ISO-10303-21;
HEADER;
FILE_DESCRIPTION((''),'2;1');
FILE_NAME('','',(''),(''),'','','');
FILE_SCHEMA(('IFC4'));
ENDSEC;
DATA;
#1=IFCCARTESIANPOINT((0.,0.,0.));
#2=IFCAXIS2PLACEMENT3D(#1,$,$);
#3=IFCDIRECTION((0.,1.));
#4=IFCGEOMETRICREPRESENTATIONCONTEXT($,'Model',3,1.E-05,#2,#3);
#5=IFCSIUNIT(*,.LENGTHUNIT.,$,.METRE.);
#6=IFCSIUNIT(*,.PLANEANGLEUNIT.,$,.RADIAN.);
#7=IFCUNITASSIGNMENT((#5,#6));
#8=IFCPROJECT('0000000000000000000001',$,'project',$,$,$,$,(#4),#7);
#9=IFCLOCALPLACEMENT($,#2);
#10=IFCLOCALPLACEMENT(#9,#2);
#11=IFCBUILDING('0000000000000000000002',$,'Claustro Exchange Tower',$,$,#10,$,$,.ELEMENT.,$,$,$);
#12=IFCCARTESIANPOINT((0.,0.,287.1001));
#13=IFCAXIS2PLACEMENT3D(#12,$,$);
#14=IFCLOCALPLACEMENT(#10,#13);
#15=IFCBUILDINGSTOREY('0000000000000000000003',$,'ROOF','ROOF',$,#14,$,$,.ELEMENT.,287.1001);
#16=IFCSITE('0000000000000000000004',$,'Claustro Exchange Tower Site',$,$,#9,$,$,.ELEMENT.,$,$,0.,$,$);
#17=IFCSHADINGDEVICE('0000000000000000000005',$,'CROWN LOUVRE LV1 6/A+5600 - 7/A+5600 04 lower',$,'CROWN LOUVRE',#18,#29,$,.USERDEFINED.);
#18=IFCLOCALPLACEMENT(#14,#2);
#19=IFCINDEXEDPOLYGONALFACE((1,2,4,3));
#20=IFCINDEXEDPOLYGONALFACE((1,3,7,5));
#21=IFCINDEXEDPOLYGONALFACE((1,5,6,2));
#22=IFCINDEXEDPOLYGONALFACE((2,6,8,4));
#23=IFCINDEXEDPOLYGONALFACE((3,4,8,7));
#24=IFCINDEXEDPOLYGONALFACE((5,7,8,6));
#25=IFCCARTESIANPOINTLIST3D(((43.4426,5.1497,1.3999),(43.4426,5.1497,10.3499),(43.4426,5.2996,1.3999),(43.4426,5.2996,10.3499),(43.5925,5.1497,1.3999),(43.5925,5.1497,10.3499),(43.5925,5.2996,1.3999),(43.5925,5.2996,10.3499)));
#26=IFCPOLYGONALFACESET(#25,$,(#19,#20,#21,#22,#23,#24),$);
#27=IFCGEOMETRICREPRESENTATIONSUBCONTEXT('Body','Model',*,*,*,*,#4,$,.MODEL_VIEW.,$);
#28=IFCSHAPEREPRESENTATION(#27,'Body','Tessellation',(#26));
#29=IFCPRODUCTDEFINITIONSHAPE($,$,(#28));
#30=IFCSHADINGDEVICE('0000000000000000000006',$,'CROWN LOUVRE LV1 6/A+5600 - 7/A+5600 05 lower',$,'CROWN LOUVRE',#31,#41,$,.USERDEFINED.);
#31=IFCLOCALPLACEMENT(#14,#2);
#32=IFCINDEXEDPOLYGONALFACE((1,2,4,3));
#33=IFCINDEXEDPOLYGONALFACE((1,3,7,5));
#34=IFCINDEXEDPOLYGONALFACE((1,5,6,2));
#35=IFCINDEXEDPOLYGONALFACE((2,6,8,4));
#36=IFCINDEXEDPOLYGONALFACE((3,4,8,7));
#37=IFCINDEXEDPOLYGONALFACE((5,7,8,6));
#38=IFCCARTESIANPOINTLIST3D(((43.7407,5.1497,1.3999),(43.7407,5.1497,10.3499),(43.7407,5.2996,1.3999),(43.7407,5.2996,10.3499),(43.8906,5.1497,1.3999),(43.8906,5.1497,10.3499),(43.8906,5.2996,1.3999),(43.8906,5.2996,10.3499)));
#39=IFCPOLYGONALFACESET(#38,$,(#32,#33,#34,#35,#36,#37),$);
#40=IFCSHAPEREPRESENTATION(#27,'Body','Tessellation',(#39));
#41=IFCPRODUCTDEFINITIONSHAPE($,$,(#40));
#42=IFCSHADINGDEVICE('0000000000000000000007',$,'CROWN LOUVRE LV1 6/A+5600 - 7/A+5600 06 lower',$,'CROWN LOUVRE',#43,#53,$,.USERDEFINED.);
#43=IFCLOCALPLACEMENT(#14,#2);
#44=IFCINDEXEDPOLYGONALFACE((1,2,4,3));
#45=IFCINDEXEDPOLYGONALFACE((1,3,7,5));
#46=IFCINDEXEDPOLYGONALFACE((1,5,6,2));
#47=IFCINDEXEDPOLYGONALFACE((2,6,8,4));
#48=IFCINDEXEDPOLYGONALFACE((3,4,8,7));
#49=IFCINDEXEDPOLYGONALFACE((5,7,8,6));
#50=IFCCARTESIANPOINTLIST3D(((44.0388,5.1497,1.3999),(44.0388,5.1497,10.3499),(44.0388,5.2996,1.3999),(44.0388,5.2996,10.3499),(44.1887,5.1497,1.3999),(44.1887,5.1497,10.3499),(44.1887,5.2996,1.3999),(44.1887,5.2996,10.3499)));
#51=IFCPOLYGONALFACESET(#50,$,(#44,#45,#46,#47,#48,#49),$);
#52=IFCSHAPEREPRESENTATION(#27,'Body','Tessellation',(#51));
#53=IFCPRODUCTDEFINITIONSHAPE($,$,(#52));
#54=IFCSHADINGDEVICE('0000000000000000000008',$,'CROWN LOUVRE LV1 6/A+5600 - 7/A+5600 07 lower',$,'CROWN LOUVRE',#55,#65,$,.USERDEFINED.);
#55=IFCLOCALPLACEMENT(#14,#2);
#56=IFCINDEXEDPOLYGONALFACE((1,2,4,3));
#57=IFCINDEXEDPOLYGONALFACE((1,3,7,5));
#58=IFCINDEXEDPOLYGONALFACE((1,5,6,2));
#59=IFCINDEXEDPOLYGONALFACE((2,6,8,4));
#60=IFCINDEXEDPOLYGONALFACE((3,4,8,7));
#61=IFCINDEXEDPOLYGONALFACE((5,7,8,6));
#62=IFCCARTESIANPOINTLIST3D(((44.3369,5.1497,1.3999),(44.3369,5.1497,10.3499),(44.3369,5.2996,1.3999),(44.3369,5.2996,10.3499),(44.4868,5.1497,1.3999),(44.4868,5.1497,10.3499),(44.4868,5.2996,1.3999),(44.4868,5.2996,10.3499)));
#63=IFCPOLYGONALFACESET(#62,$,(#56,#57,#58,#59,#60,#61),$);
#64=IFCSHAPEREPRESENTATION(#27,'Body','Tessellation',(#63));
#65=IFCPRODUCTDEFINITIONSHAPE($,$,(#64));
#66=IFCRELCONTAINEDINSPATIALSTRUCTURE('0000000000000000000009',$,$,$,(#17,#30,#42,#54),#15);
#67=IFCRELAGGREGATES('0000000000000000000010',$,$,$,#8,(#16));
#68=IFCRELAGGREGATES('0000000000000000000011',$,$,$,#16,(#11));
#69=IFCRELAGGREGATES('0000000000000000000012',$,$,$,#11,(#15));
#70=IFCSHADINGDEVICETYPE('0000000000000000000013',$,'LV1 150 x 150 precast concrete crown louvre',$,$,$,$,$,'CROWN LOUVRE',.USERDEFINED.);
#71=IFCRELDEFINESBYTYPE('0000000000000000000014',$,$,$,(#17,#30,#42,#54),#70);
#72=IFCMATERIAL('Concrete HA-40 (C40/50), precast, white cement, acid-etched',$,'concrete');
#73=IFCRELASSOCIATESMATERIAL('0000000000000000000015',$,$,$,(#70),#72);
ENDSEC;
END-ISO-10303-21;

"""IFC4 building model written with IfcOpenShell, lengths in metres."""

from ifc_helpers import new_model, si_unit, direction, frame, origin, origin_2d, place, context, subcontext, project, spatial, rectangle, extrude, material, type_object, element, save


model = new_model("IFC4")

# Units and contexts
model_context = context("Model", 3, precision=1e-05, world=origin(), true_north=direction((0.0, 1.0)))
body_context = subcontext(model_context, "Body", "Model", "MODEL_VIEW")
ifc_project = project(units=[si_unit("LENGTHUNIT", "METRE"), si_unit("PLANEANGLEUNIT", "RADIAN")], contexts=[model_context])

# Site, building, storey
site_placement = place(None, origin())
site = spatial("IfcSite", under=ifc_project, at=site_placement, Name="Claustro Exchange Tower Site", CompositionType="ELEMENT", RefElevation=0.0)
building_placement = place(site_placement, origin())
building = spatial("IfcBuilding", under=site, at=building_placement, Name="Claustro Exchange Tower", CompositionType="ELEMENT")
storey_placement = place(building_placement, frame((0.0, 0.0, 287.1001)))
storey = spatial("IfcBuildingStorey", under=building, at=storey_placement, Name="ROOF", Description="ROOF", CompositionType="ELEMENT", Elevation=287.1001)

# Shading devices
ifc_material_1 = material(Name="Concrete HA-40 (C40/50), precast, white cement, acid-etched", Category="concrete")
shading_device_type = type_object("IfcShadingDeviceType", Name="LV1 150 x 150 precast concrete crown louvre", ElementType="CROWN LOUVRE", PredefinedType="USERDEFINED", material=ifc_material_1)
for number, where, z_axis, x_axis, name in (
    (1, (43.5176, 5.2246, 1.3999), (0.0, 0.0, 1.0), (1.0, 0.0, 0.0), "CROWN LOUVRE LV1 6/A+5600 - 7/A+5600 04 lower"),
    (2, (43.8157, 5.2246, 1.3999), (0.0, 0.0, 1.0), (1.0, 0.0, 0.0), "CROWN LOUVRE LV1 6/A+5600 - 7/A+5600 05 lower"),
    (3, (44.1138, 5.2246, 1.3999), (0.0, 0.0, 1.0), (1.0, 0.0, 0.0), "CROWN LOUVRE LV1 6/A+5600 - 7/A+5600 06 lower"),
    (4, (44.4119, 5.2246, 1.3999), (0.0, 0.0, 1.0), (1.0, 0.0, 0.0), "CROWN LOUVRE LV1 6/A+5600 - 7/A+5600 07 lower"),
):
    element("IfcShadingDevice", number, at=place(storey_placement, frame(where, z_axis=z_axis, x_axis=x_axis)), inside=storey, type_object=shading_device_type, Name=name, ObjectType="CROWN LOUVRE", PredefinedType="USERDEFINED", context=body_context, shape_type="SweptSolid", body=[
        extrude(rectangle(XDim=0.1499, YDim=0.1499, at=origin_2d()), origin(), (0.0, 0.0, 1.0), 8.95),
    ])

save(model, "model.ifc")
